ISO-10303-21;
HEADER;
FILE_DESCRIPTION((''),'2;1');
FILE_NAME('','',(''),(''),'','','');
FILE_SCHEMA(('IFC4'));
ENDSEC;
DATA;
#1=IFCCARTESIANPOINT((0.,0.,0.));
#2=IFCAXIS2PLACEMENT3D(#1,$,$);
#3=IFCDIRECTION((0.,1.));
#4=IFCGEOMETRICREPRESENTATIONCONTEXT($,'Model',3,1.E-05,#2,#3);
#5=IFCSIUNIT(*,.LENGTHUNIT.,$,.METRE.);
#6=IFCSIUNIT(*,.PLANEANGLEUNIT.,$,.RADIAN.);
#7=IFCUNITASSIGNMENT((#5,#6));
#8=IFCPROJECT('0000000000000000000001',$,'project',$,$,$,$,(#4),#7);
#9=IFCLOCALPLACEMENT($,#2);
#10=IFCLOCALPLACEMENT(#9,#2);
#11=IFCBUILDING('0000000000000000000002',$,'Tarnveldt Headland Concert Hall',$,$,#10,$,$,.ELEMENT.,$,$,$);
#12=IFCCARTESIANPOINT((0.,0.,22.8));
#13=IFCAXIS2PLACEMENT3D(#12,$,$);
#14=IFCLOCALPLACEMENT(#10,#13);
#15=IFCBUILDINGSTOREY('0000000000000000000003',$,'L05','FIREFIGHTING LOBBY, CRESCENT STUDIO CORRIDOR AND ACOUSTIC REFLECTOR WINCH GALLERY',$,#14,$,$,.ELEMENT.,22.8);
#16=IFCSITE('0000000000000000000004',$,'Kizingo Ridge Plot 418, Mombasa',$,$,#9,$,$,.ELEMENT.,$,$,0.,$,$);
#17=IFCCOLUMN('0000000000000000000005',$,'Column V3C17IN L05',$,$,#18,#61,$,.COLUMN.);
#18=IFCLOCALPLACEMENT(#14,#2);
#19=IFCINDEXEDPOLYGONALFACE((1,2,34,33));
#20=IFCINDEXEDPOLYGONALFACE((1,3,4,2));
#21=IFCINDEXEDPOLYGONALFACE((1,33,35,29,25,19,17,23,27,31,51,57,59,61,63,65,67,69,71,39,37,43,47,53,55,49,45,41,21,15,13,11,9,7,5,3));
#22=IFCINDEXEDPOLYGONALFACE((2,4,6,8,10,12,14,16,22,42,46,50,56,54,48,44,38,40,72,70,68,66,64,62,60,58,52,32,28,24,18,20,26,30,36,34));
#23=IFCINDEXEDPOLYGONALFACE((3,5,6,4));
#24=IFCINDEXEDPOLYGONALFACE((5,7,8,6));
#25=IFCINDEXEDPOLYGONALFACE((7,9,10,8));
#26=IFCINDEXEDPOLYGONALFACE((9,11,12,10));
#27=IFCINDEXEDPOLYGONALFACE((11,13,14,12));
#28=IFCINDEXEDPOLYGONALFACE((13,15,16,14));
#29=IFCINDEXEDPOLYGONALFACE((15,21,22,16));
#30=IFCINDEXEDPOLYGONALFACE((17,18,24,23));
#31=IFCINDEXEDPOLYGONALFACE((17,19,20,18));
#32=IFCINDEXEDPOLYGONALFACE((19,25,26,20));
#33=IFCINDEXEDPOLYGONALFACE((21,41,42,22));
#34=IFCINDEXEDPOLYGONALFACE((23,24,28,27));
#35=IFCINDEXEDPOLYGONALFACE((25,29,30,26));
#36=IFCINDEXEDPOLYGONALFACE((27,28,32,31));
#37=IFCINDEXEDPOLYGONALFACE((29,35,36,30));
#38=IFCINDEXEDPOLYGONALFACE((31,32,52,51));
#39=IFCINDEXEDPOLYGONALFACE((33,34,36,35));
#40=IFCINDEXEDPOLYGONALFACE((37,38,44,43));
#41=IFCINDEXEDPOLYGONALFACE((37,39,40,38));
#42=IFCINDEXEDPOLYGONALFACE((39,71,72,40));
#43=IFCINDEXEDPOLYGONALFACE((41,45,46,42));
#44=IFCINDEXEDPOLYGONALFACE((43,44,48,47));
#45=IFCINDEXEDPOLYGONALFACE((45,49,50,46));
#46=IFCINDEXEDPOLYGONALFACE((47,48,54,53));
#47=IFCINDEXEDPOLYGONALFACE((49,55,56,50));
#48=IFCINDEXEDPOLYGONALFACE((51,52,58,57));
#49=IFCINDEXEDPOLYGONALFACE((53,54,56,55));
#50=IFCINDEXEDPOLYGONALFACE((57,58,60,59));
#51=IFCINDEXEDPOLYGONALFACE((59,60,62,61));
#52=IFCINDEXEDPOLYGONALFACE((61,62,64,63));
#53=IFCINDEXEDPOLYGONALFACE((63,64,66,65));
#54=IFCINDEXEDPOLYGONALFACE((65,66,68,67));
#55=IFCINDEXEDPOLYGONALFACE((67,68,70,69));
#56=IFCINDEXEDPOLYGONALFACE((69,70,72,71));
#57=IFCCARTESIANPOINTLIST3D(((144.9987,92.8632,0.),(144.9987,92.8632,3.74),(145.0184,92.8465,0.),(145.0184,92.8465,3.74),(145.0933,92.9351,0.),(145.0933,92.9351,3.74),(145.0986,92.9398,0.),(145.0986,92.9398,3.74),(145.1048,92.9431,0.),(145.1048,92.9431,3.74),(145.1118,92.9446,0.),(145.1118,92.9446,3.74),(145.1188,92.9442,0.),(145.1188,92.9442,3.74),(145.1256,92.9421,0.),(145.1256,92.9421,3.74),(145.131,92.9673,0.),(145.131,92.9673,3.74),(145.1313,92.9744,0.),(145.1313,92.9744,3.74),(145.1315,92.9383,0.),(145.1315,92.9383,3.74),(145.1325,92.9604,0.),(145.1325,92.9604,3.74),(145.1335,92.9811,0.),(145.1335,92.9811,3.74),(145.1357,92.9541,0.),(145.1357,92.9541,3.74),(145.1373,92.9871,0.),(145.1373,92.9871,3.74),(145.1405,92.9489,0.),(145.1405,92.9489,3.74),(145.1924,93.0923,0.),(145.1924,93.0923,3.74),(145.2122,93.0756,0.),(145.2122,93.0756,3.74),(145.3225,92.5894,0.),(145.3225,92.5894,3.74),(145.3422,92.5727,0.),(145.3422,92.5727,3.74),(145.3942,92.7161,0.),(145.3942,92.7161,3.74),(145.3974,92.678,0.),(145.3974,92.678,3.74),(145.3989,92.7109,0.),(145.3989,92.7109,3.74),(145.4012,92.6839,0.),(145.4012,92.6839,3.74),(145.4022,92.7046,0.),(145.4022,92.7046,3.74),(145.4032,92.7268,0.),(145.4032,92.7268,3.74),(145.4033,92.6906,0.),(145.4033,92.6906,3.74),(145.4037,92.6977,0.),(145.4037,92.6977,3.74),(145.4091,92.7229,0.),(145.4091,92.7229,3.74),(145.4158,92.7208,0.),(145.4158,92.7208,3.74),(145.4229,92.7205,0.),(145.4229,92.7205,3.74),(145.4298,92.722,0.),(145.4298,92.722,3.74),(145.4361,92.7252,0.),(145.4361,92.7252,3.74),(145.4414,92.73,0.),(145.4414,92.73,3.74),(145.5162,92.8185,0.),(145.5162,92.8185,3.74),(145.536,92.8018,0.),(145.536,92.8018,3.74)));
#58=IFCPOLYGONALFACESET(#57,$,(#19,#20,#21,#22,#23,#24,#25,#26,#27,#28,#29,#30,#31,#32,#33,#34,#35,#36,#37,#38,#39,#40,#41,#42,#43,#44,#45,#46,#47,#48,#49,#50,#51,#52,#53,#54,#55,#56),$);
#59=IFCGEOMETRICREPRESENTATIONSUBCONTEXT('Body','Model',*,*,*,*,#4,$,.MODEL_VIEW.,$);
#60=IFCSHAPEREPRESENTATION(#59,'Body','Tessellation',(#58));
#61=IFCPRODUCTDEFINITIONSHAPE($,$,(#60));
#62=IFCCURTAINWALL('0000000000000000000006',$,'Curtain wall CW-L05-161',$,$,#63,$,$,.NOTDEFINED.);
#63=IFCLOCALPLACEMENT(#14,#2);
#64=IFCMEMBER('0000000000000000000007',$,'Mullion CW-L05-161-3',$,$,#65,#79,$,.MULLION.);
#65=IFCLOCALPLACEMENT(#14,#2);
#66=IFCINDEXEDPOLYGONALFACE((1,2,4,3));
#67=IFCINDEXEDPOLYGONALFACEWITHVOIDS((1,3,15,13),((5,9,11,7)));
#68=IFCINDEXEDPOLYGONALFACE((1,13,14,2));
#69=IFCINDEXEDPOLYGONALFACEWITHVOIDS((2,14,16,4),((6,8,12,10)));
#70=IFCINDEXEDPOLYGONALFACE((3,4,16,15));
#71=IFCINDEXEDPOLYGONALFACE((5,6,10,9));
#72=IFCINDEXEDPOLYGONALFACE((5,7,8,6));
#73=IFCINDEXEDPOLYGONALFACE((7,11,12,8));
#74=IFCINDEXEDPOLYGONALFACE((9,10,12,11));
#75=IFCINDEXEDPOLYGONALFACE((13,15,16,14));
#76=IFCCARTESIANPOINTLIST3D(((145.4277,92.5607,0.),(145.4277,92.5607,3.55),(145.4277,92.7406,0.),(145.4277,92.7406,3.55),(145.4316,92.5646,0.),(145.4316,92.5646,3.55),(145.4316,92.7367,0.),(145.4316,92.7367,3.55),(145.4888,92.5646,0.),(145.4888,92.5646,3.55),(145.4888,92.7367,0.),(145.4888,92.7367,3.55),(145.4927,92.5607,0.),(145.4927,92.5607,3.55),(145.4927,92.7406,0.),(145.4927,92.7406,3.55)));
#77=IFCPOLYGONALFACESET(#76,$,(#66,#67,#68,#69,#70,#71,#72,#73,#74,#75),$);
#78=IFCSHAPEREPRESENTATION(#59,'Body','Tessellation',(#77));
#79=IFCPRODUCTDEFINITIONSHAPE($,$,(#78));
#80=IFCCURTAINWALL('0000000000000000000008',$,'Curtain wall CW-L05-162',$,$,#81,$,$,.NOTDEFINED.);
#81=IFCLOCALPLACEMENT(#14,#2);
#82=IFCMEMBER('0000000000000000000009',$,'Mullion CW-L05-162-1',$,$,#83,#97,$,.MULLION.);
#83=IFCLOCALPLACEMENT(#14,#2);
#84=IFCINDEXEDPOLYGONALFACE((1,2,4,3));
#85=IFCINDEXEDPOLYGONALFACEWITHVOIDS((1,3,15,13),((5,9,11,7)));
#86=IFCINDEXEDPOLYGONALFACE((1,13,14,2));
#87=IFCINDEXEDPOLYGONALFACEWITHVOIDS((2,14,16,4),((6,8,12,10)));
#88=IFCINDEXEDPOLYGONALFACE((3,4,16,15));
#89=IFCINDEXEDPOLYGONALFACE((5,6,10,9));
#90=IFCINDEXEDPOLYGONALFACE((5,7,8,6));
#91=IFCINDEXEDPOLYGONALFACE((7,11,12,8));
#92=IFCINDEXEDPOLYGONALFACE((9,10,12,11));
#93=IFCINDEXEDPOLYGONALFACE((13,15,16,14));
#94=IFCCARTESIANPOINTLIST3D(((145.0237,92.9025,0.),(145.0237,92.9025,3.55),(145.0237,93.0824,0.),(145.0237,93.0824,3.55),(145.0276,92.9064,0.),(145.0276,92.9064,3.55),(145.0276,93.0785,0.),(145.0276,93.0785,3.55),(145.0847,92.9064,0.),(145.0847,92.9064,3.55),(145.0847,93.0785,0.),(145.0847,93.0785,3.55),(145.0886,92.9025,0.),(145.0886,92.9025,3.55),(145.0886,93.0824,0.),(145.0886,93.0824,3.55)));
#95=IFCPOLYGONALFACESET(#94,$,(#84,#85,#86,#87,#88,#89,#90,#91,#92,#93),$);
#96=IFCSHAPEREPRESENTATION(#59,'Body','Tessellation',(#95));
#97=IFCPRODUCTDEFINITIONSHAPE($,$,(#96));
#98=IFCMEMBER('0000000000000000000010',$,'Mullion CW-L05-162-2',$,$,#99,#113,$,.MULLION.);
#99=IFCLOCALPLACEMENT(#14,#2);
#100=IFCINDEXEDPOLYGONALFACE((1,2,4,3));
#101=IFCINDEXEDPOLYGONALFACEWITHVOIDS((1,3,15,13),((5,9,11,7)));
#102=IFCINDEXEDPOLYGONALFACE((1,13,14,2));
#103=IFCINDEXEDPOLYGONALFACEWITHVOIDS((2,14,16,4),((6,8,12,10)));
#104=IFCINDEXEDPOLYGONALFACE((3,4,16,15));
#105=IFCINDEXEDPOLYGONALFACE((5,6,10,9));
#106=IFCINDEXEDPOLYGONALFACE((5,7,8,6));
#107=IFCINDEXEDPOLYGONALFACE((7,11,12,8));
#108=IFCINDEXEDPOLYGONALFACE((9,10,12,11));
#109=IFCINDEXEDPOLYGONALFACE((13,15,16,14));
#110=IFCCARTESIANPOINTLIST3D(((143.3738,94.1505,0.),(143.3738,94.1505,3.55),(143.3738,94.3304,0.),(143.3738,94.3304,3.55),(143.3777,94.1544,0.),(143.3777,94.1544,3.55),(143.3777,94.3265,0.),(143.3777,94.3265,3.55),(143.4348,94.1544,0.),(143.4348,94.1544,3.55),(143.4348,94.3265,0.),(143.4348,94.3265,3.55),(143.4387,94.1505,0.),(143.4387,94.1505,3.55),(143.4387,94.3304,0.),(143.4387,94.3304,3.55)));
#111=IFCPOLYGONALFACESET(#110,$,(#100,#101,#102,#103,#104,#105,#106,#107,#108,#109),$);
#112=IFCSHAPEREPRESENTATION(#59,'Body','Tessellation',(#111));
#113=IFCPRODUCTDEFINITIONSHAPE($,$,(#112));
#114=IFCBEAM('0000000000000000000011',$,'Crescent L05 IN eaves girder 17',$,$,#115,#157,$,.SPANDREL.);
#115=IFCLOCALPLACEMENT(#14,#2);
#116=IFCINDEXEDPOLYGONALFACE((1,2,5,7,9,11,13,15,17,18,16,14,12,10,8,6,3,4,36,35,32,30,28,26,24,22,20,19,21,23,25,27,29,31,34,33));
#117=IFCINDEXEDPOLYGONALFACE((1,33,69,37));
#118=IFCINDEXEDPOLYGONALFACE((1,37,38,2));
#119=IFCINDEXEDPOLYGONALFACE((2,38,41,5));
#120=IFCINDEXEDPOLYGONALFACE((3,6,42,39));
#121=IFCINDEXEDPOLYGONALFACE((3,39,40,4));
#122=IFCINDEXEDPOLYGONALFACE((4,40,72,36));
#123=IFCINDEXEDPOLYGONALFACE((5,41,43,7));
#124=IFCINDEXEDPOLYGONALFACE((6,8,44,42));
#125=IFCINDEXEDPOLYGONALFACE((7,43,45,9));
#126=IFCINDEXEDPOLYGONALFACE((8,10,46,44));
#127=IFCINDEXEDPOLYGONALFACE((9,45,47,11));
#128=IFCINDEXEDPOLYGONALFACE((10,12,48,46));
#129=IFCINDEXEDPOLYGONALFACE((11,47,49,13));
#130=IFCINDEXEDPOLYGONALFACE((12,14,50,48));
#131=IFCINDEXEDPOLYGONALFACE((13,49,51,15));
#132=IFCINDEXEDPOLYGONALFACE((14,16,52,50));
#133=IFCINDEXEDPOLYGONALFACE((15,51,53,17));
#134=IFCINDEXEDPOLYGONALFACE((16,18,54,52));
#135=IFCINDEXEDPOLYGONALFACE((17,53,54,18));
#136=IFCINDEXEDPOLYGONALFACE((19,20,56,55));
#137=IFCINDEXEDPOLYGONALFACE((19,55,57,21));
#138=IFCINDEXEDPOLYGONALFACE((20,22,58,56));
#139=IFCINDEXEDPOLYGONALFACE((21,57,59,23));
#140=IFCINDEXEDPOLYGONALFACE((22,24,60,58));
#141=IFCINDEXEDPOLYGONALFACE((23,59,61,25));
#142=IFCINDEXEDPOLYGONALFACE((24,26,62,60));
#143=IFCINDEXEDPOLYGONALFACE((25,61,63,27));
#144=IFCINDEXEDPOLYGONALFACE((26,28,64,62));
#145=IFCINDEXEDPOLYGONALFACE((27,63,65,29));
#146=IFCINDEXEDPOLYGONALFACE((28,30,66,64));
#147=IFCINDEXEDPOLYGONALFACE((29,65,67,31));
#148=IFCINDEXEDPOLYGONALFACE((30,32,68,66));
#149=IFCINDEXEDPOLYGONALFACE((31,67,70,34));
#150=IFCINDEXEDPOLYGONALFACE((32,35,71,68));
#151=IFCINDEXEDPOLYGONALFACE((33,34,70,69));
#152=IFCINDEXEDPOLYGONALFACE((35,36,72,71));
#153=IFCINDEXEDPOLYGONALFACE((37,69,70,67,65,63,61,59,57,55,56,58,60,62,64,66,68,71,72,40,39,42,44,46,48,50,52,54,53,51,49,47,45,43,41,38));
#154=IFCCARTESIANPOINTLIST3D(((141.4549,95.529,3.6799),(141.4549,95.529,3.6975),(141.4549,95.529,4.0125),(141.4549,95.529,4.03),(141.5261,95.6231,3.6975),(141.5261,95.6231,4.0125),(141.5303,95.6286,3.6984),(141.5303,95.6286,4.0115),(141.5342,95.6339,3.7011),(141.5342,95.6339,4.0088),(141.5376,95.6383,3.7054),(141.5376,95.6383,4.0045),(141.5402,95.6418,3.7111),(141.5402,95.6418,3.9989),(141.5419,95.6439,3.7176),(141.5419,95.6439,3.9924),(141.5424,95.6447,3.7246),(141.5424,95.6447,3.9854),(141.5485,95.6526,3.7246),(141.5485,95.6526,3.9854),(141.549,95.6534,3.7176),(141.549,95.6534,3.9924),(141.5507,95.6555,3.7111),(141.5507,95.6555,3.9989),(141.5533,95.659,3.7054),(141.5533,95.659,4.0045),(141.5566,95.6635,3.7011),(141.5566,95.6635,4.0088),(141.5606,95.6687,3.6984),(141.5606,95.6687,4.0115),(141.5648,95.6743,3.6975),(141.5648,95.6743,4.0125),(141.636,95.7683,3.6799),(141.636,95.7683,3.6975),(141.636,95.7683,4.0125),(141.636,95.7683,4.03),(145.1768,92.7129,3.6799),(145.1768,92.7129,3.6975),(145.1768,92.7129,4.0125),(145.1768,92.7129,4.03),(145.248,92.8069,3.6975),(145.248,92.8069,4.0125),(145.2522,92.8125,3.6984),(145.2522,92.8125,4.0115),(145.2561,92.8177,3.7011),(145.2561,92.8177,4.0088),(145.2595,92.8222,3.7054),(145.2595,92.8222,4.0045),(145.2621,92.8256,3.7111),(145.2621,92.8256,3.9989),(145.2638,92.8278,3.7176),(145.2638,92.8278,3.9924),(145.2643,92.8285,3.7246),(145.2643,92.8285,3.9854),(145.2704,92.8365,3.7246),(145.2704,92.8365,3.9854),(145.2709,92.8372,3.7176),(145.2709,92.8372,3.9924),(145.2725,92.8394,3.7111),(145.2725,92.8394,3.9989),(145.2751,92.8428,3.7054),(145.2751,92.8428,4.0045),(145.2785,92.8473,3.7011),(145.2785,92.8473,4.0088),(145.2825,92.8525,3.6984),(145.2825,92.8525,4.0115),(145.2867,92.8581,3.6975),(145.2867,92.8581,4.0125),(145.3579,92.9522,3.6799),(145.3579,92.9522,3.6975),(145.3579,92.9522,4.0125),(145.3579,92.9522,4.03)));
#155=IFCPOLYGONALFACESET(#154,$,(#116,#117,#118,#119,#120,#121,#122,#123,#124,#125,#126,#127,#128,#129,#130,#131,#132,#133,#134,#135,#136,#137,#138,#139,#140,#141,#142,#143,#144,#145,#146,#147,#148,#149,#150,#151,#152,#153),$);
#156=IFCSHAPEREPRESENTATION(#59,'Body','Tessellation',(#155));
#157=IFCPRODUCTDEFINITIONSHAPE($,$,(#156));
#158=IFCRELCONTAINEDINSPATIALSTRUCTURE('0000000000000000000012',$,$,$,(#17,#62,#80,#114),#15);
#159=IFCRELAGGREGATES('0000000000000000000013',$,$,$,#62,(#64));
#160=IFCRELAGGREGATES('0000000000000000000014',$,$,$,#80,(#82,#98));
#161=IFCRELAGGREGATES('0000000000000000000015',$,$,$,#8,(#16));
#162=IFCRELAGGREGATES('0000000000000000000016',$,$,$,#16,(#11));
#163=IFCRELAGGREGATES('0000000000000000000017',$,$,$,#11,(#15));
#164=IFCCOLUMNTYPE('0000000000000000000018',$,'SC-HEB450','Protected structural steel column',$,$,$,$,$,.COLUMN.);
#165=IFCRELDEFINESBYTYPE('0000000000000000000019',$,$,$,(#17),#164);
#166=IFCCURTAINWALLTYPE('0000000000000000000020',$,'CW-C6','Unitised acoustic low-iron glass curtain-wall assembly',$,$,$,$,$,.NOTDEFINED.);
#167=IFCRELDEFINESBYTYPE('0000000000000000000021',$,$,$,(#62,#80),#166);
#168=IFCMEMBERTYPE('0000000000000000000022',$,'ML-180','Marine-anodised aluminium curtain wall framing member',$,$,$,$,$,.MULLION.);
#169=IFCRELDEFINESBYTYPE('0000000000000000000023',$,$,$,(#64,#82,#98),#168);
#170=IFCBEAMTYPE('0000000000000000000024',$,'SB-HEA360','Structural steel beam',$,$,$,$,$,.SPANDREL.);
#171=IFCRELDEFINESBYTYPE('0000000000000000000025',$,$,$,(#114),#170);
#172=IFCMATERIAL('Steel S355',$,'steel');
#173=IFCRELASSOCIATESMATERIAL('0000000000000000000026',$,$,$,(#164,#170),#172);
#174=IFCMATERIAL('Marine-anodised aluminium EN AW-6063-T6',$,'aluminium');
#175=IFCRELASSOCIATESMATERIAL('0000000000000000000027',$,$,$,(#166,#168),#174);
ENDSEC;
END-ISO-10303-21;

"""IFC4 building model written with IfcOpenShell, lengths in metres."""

from ifc_helpers import new_model, si_unit, direction, frame, origin, origin_2d, place, context, subcontext, project, spatial, hollow_rectangle, i_section, extrude, material, material_profile, profile_set, type_object, element, aggregate, save


model = new_model("IFC4")

# Units and contexts
model_context = context("Model", 3, precision=1e-05, world=origin(), true_north=direction((0.0, 1.0)))
body_context = subcontext(model_context, "Body", "Model", "MODEL_VIEW")
ifc_project = project(units=[si_unit("LENGTHUNIT", "METRE"), si_unit("PLANEANGLEUNIT", "RADIAN")], contexts=[model_context])

# Site, building, storey
site_placement = place(None, origin())
site = spatial("IfcSite", under=ifc_project, at=site_placement, Name="Kizingo Ridge Plot 418, Mombasa", CompositionType="ELEMENT", RefElevation=0.0)
building_placement = place(site_placement, origin())
building = spatial("IfcBuilding", under=site, at=building_placement, Name="Tarnveldt Headland Concert Hall", CompositionType="ELEMENT")
storey_placement = place(building_placement, frame((0.0, 0.0, 22.8)))
storey = spatial("IfcBuildingStorey", under=building, at=storey_placement, Name="L05", Description="FIREFIGHTING LOBBY, CRESCENT STUDIO CORRIDOR AND ACOUSTIC REFLECTOR WINCH GALLERY", CompositionType="ELEMENT", Elevation=22.8)

# Column
ifc_material_1 = material(Name="Steel S355", Category="steel")
ifc_material_profile_1 = material_profile(ifc_material_1, i_section(OverallWidth=0.3, OverallDepth=0.45, WebThickness=0.0139, FlangeThickness=0.0259, FilletRadius=0.0271, at=origin_2d()), Name="HEB450", Category="steel")
ifc_profile_set_1 = profile_set([ifc_material_profile_1], Name="Steel S355")
column_type = type_object("IfcColumnType", Name="SC-HEB450", Description="Protected structural steel column", PredefinedType="COLUMN", material=ifc_profile_set_1)
column_placement = place(storey_placement, frame((145.2673, 92.8325, 0.0), z_axis=(0.0, 0.0, 1.0), x_axis=(0.645724, 0.763571, 0.0)))
element("IfcColumn", 1, at=column_placement, inside=storey, type_object=column_type, Name="Column V3C17IN L05", PredefinedType="COLUMN", context=body_context, shape_type="SweptSolid", body=[
    extrude(i_section(OverallWidth=0.3, OverallDepth=0.45, WebThickness=0.0139, FlangeThickness=0.0259, FilletRadius=0.0271, at=origin_2d()), origin(), (0.0, 0.0, 1.0), 3.74),
])

# Curtain wall, member
ifc_material_2 = material(Name="Marine-anodised aluminium EN AW-6063-T6", Category="aluminium")
curtain_wall_type = type_object("IfcCurtainWallType", Name="CW-C6", Description="Unitised acoustic low-iron glass curtain-wall assembly", PredefinedType="NOTDEFINED", material=ifc_material_2)
curtain_wall_1_placement = place(storey_placement, origin())
curtain_wall_1 = element("IfcCurtainWall", 2, at=curtain_wall_1_placement, inside=storey, type_object=curtain_wall_type, Name="Curtain wall CW-L05-161", PredefinedType="NOTDEFINED")
ifc_material_profile_2 = material_profile(ifc_material_2, hollow_rectangle(XDim=0.0649, YDim=0.1799, WallThickness=0.0039, at=origin_2d()), Name="ALU MULLION 65x180x4", Category="aluminium")
ifc_profile_set_2 = profile_set([ifc_material_profile_2], Name="Marine-anodised aluminium EN AW-6063-T6")
member_type_1 = type_object("IfcMemberType", Name="ML-180", Description="Marine-anodised aluminium curtain wall framing member", PredefinedType="MULLION", material=ifc_profile_set_2)
member_1_placement = place(storey_placement, frame((145.4602, 92.6506, 0.0), z_axis=(0.0, 0.0, 1.0), x_axis=(1.0, 0.0, 0.0)))
member_1 = element("IfcMember", 3, at=member_1_placement, type_object=member_type_1, Name="Mullion CW-L05-161-3", PredefinedType="MULLION", context=body_context, shape_type="SweptSolid", body=[
    extrude(hollow_rectangle(XDim=0.0649, YDim=0.1799, WallThickness=0.0039, at=origin_2d()), origin(), (0.0, 0.0, 1.0), 3.55),
])

# Curtain wall, members
curtain_wall_2_placement = place(storey_placement, origin())
curtain_wall_2 = element("IfcCurtainWall", 4, at=curtain_wall_2_placement, inside=storey, type_object=curtain_wall_type, Name="Curtain wall CW-L05-162", PredefinedType="NOTDEFINED")
member_2_placement = place(storey_placement, frame((145.0562, 92.9924, 0.0), z_axis=(0.0, 0.0, 1.0), x_axis=(1.0, 0.0, 0.0)))
member_2 = element("IfcMember", 5, at=member_2_placement, type_object=member_type_1, Name="Mullion CW-L05-162-1", PredefinedType="MULLION", context=body_context, shape_type="SweptSolid", body=[
    extrude(hollow_rectangle(XDim=0.0649, YDim=0.1799, WallThickness=0.0039, at=origin_2d()), origin(), (0.0, 0.0, 1.0), 3.55),
])
member_3_placement = place(storey_placement, frame((143.4062, 94.2405, 0.0), z_axis=(0.0, 0.0, 1.0), x_axis=(1.0, 0.0, 0.0)))
member_3 = element("IfcMember", 6, at=member_3_placement, type_object=member_type_1, Name="Mullion CW-L05-162-2", PredefinedType="MULLION", context=body_context, shape_type="SweptSolid", body=[
    extrude(hollow_rectangle(XDim=0.0649, YDim=0.1799, WallThickness=0.0039, at=origin_2d()), origin(), (0.0, 0.0, 1.0), 3.55),
])

# Beam
ifc_material_profile_3 = material_profile(ifc_material_1, i_section(OverallWidth=0.3, OverallDepth=0.3501, WebThickness=0.01, FlangeThickness=0.0176, FilletRadius=0.0271, at=origin_2d()), Name="HEA360", Category="steel")
ifc_profile_set_3 = profile_set([ifc_material_profile_3], Name="Steel S355")
beam_type_1 = type_object("IfcBeamType", Name="SB-HEA360", Description="Structural steel beam", PredefinedType="SPANDREL", material=ifc_profile_set_3)
beam_1_placement = place(storey_placement, frame((145.2673, 92.8325, 3.855), z_axis=(-0.797451, 0.603384, 0.0), x_axis=(-0.603384, -0.797451, 0.0)))
element("IfcBeam", 7, at=beam_1_placement, inside=storey, type_object=beam_type_1, Name="Crescent L05 IN eaves girder 17", PredefinedType="SPANDREL", context=body_context, shape_type="SweptSolid", body=[
    extrude(i_section(OverallWidth=0.3, OverallDepth=0.3501, WebThickness=0.01, FlangeThickness=0.0176, FilletRadius=0.0271, at=origin_2d()), origin(), (0.0, 0.0, 1.0), 4.6672),
])

aggregate(curtain_wall_1, [member_1])
aggregate(curtain_wall_2, [member_2, member_3])

save(model, "model.ifc")
